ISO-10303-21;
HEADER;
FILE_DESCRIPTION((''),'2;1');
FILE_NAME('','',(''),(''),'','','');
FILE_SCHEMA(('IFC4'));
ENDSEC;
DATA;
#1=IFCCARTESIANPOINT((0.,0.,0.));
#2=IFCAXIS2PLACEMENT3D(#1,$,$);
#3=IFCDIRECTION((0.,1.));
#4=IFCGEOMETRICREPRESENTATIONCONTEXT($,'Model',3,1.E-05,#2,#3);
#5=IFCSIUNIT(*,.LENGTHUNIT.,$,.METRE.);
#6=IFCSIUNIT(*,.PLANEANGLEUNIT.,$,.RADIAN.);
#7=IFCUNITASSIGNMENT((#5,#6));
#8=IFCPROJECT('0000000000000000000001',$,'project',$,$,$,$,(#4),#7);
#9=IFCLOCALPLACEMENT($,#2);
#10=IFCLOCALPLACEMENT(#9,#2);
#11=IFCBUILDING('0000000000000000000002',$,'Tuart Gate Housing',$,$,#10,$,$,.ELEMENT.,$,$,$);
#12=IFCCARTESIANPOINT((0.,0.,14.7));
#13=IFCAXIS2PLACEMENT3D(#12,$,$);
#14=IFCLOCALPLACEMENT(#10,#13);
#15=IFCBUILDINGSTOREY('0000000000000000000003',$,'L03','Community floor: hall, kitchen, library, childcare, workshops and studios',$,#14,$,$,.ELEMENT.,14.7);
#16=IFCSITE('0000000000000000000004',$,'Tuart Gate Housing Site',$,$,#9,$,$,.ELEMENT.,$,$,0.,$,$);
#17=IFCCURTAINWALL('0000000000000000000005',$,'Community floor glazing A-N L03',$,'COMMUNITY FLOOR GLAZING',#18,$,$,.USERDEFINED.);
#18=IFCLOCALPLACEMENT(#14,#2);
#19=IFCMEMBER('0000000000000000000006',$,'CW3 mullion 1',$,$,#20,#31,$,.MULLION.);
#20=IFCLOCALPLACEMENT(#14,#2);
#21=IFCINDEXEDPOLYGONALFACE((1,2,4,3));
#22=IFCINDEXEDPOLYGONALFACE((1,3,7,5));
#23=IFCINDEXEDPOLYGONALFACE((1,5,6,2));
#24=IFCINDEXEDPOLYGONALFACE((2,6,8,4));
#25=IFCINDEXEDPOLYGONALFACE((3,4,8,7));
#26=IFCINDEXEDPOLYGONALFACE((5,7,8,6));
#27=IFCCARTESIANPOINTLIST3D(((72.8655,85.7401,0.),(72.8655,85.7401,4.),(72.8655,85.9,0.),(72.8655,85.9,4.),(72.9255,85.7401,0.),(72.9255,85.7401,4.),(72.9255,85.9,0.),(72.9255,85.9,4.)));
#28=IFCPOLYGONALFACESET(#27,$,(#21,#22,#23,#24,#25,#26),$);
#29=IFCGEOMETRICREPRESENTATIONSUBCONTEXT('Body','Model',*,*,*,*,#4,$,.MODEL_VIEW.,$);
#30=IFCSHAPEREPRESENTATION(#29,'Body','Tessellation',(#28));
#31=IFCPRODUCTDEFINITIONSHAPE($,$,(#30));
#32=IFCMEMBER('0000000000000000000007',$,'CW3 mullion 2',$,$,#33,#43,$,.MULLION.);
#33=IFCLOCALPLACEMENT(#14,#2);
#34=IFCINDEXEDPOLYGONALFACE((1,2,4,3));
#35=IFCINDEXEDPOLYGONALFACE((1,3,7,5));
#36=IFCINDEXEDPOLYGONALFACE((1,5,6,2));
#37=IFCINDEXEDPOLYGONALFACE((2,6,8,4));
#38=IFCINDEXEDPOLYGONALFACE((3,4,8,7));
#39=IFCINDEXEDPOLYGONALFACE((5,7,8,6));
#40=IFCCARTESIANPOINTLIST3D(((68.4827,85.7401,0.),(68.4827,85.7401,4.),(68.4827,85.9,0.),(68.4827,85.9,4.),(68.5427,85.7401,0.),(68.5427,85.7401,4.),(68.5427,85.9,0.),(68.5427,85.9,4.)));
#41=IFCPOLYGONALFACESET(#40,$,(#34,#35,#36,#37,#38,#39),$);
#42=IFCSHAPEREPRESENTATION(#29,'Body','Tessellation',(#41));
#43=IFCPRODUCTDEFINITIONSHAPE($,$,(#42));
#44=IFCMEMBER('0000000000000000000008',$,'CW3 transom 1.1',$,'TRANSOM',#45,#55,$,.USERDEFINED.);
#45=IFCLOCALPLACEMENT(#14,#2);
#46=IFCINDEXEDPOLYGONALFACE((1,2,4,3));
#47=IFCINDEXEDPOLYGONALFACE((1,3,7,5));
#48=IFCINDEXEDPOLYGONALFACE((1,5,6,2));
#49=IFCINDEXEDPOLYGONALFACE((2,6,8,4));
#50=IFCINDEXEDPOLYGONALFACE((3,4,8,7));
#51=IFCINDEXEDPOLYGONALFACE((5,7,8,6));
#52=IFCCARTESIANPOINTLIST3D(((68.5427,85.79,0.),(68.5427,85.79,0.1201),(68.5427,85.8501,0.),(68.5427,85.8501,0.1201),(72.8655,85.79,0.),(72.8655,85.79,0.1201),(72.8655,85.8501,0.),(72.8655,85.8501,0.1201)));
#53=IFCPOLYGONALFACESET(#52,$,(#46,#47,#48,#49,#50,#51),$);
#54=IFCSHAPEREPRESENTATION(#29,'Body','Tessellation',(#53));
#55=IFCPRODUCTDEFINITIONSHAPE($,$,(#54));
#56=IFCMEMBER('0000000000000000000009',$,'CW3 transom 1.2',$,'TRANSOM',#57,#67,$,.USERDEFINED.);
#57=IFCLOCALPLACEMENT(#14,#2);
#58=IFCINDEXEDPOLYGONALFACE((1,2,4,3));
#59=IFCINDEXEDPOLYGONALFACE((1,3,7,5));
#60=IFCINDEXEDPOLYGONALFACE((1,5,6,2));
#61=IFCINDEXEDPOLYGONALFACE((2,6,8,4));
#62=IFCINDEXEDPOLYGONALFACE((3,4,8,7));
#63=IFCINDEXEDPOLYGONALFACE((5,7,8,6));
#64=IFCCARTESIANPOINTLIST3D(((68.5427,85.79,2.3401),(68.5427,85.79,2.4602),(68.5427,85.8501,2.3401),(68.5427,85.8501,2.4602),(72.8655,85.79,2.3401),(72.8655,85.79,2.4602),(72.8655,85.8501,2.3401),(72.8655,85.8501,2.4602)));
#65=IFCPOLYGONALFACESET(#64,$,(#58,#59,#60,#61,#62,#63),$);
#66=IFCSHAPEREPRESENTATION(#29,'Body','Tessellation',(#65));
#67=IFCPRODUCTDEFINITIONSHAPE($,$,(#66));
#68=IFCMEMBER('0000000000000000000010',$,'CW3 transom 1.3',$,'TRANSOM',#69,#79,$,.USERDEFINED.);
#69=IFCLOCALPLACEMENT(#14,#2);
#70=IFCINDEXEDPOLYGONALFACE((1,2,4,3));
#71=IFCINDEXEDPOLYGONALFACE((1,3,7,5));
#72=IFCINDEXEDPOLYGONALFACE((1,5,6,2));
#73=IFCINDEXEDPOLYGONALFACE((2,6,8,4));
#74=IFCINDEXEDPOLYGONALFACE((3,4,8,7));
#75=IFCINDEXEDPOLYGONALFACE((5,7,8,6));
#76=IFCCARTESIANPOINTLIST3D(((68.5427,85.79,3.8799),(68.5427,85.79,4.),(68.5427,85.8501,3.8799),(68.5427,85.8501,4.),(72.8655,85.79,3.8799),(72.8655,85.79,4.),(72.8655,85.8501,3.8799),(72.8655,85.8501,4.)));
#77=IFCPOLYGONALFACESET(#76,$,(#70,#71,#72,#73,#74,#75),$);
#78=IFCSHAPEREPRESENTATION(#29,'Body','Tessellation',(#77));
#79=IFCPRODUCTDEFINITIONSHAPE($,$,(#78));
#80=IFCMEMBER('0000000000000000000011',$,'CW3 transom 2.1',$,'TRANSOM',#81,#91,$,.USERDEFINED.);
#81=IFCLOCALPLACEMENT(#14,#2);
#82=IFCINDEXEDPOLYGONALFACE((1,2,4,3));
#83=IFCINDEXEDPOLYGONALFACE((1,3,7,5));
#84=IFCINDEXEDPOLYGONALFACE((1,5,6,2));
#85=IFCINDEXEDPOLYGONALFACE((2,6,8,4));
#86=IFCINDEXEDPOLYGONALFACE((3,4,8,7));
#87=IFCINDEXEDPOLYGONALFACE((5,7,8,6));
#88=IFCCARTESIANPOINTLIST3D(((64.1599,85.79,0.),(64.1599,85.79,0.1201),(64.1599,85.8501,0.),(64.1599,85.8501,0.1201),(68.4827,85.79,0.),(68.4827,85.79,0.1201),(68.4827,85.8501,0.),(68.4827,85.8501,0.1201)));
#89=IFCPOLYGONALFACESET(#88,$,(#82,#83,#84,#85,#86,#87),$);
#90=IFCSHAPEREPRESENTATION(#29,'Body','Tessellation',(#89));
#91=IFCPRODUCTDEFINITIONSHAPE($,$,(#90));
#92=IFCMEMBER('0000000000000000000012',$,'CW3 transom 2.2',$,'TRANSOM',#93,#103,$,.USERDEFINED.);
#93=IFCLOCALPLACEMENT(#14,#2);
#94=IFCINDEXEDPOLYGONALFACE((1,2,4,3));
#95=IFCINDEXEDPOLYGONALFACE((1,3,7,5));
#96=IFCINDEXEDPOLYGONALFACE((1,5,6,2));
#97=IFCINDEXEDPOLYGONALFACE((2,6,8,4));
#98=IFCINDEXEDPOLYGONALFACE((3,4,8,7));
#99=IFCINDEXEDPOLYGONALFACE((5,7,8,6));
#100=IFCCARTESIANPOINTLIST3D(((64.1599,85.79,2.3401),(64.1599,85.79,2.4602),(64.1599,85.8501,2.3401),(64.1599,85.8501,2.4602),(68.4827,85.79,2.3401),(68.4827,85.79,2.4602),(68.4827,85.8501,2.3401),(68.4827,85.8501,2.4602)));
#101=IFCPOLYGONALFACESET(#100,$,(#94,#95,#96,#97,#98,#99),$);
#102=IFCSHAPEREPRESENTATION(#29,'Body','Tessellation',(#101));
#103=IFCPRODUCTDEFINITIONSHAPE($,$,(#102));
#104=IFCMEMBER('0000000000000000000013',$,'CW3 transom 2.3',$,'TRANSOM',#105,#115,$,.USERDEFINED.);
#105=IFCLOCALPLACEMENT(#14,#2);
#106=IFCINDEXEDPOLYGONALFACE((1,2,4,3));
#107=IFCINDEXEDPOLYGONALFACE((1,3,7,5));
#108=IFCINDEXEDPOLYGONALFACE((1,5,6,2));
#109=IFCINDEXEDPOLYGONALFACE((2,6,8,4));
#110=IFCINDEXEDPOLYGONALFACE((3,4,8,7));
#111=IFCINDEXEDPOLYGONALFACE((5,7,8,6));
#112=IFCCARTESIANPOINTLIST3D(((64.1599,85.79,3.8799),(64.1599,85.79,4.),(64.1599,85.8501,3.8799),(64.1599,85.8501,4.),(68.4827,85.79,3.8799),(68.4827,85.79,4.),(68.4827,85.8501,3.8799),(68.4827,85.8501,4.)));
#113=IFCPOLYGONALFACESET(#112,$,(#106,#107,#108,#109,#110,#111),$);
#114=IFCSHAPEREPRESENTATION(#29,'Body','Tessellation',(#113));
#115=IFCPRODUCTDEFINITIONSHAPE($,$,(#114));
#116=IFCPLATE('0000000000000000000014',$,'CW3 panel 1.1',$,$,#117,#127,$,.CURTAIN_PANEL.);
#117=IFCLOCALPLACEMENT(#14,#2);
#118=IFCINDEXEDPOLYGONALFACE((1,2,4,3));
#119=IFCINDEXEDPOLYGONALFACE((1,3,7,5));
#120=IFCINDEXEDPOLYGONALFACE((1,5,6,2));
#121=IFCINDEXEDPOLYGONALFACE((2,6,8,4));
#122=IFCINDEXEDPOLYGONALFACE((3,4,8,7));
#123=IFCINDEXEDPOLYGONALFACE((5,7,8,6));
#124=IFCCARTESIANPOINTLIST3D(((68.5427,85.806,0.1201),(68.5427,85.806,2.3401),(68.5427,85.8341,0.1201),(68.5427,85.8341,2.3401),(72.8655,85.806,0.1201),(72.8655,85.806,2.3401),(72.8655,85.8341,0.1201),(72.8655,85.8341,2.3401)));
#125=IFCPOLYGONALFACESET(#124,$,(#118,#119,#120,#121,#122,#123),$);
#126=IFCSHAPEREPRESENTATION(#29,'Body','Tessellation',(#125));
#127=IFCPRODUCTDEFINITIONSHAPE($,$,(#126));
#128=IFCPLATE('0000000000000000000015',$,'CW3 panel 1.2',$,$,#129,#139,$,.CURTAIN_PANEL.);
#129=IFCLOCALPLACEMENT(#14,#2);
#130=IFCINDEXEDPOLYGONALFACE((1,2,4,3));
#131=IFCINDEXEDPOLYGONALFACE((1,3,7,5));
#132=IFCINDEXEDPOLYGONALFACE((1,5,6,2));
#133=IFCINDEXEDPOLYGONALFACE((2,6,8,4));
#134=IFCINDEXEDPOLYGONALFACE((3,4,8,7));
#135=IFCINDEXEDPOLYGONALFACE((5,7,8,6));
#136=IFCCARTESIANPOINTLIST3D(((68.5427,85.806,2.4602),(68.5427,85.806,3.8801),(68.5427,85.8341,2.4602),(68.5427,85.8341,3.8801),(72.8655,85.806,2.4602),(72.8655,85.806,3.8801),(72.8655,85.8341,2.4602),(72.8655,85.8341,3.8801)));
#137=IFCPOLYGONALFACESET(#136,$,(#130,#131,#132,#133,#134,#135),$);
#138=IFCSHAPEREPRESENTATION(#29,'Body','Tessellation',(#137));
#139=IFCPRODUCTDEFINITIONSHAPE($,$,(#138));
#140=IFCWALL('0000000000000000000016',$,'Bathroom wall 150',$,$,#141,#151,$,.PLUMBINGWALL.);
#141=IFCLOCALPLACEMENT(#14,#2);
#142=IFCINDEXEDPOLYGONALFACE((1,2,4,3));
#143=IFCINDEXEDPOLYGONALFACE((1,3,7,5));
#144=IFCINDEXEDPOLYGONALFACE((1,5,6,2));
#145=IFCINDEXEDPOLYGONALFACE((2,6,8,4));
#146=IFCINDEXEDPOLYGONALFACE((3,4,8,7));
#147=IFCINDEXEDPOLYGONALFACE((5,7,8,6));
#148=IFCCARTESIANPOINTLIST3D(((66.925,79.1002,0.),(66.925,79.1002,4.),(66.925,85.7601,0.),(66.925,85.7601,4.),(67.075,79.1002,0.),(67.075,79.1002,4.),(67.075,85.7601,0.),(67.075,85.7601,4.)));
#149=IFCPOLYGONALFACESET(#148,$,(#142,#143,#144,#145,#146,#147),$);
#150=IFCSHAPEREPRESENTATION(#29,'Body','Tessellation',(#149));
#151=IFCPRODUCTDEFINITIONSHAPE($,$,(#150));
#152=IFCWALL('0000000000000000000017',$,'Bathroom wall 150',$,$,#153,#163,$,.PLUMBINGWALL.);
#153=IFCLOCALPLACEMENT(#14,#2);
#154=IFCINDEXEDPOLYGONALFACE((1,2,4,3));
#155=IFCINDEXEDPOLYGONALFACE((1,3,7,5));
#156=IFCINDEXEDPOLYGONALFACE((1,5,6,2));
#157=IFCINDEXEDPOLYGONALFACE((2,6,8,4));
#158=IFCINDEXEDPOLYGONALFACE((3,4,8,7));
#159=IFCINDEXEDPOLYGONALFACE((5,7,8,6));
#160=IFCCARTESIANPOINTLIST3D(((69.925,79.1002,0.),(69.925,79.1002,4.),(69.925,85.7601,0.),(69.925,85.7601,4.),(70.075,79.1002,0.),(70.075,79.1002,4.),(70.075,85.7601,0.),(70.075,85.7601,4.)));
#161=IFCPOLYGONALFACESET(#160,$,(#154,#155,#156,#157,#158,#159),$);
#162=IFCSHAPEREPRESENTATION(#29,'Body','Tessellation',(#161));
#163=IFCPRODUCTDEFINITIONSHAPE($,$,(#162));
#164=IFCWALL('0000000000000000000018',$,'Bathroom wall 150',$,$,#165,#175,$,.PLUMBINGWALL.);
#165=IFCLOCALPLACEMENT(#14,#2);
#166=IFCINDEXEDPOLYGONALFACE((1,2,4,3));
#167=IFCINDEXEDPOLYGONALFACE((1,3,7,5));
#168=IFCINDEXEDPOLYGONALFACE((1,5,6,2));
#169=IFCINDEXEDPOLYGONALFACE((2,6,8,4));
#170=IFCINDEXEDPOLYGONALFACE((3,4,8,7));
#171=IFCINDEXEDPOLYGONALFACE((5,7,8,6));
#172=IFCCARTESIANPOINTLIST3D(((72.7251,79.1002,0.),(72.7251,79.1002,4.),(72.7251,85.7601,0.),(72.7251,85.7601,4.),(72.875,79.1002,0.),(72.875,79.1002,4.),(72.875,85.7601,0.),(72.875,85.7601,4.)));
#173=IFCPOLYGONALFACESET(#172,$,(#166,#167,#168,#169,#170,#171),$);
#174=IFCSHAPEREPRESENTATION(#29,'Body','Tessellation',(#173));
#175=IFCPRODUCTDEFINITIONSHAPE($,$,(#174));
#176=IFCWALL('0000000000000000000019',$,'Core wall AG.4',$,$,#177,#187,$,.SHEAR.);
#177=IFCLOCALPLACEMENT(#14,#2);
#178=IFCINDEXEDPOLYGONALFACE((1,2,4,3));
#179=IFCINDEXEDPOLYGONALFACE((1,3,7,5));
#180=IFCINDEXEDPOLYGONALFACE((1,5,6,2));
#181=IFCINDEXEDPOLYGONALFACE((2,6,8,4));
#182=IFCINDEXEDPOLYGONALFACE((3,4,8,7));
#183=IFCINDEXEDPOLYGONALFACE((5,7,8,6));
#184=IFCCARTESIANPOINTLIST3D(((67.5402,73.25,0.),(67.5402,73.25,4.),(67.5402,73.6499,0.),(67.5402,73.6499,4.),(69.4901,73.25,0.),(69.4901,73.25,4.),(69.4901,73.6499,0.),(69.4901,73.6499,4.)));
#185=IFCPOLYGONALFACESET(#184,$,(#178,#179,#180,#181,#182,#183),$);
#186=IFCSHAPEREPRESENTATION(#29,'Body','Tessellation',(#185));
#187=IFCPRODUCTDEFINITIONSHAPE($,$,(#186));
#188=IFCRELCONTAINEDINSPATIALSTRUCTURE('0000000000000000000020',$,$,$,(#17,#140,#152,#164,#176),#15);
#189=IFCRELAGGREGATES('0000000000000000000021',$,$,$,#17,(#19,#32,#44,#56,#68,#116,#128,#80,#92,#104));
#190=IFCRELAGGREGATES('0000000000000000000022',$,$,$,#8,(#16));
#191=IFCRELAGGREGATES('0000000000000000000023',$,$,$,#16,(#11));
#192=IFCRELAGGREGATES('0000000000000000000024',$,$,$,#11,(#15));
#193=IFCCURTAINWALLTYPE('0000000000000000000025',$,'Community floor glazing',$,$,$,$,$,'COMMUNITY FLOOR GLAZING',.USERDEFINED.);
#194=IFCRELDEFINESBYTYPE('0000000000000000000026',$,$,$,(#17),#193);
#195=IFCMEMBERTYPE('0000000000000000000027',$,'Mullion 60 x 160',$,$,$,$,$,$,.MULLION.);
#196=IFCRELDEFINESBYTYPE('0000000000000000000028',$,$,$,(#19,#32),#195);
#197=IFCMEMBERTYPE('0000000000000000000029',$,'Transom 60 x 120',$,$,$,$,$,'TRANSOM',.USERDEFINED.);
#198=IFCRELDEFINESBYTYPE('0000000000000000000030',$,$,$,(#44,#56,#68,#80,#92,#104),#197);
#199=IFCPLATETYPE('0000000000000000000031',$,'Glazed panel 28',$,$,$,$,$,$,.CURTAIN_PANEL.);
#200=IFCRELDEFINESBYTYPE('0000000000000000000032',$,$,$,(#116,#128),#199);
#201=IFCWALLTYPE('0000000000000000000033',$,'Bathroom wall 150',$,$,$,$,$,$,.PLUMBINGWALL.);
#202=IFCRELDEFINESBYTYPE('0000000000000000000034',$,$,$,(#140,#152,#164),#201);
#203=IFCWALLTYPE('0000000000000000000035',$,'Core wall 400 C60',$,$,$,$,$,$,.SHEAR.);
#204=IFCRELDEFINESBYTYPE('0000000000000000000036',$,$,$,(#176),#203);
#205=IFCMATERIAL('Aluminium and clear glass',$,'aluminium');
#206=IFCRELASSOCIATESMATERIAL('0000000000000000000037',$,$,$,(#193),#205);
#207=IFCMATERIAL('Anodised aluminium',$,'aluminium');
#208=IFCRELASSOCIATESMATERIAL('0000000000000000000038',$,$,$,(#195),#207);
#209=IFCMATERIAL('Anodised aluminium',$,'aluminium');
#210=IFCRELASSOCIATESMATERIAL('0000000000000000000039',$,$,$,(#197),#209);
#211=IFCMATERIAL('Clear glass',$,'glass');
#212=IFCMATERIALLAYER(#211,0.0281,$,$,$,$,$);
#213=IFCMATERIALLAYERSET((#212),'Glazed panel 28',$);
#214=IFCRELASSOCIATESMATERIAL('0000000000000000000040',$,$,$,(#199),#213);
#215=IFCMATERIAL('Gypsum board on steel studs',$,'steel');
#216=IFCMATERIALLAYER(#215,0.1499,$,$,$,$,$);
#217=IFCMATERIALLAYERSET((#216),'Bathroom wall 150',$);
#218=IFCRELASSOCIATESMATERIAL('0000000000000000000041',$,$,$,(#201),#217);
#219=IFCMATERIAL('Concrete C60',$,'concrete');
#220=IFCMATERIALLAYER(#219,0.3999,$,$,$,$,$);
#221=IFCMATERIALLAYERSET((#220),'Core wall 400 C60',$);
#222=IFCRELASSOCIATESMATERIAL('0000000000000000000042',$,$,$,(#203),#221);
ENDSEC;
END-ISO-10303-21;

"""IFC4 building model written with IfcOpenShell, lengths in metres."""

from ifc_helpers import new_model, si_unit, direction, frame, frame_2d, origin, origin_2d, place, context, subcontext, project, spatial, rectangle, extrude, material, layer, layer_set, material_profile, profile_set, type_object, element, aggregate, save


model = new_model("IFC4")

# Units and contexts
model_context = context("Model", 3, precision=1e-05, world=origin(), true_north=direction((0.0, 1.0)))
body_context = subcontext(model_context, "Body", "Model", "MODEL_VIEW")
ifc_project = project(units=[si_unit("LENGTHUNIT", "METRE"), si_unit("PLANEANGLEUNIT", "RADIAN")], contexts=[model_context])

# Site, building, storey
site_placement = place(None, origin())
site = spatial("IfcSite", under=ifc_project, at=site_placement, Name="Tuart Gate Housing Site", CompositionType="ELEMENT", RefElevation=0.0)
building_placement = place(site_placement, origin())
building = spatial("IfcBuilding", under=site, at=building_placement, Name="Tuart Gate Housing", CompositionType="ELEMENT")
storey_placement = place(building_placement, frame((0.0, 0.0, 14.7)))
storey = spatial("IfcBuildingStorey", under=building, at=storey_placement, Name="L03", Description="Community floor: hall, kitchen, library, childcare, workshops and studios", CompositionType="ELEMENT", Elevation=14.7)

# Curtain wall, members, plates
ifc_material_1 = material(Name="Aluminium and clear glass", Category="aluminium")
curtain_wall_type = type_object("IfcCurtainWallType", Name="Community floor glazing", ElementType="COMMUNITY FLOOR GLAZING", PredefinedType="USERDEFINED", material=ifc_material_1)
curtain_wall_placement = place(storey_placement, origin())
curtain_wall = element("IfcCurtainWall", 1, at=curtain_wall_placement, inside=storey, type_object=curtain_wall_type, Name="Community floor glazing A-N L03", ObjectType="COMMUNITY FLOOR GLAZING", PredefinedType="USERDEFINED")
ifc_material_2 = material(Name="Anodised aluminium", Category="aluminium")
ifc_material_profile_1 = material_profile(ifc_material_2, rectangle(XDim=0.0601, YDim=0.1599, at=origin_2d()), Name="60x160")
ifc_profile_set_1 = profile_set([ifc_material_profile_1], Name="Anodised aluminium")
member_type_1 = type_object("IfcMemberType", Name="Mullion 60 x 160", PredefinedType="MULLION", material=ifc_profile_set_1)
member_1_placement = place(storey_placement, frame((72.8955, 85.8201, 0.0), z_axis=(0.0, 0.0, 1.0), x_axis=(-1.0, 0.0, 0.0)))
member_1 = element("IfcMember", 2, at=member_1_placement, type_object=member_type_1, Name="CW3 mullion 1", PredefinedType="MULLION", context=body_context, shape_type="SweptSolid", body=[
    extrude(rectangle(XDim=0.0601, YDim=0.1599, at=origin_2d()), origin(), (0.0, 0.0, 1.0), 4.0),
])
member_2_placement = place(storey_placement, frame((68.5127, 85.8201, 0.0), z_axis=(0.0, 0.0, 1.0), x_axis=(-1.0, 0.0, 0.0)))
member_2 = element("IfcMember", 3, at=member_2_placement, type_object=member_type_1, Name="CW3 mullion 2", PredefinedType="MULLION", context=body_context, shape_type="SweptSolid", body=[
    extrude(rectangle(XDim=0.0601, YDim=0.1599, at=origin_2d()), origin(), (0.0, 0.0, 1.0), 4.0),
])
ifc_material_3 = material(Name="Anodised aluminium", Category="aluminium")
ifc_material_profile_2 = material_profile(ifc_material_3, rectangle(XDim=0.0601, YDim=0.1201, at=origin_2d()), Name="60x120")
ifc_profile_set_2 = profile_set([ifc_material_profile_2], Name="Anodised aluminium")
member_type_2 = type_object("IfcMemberType", Name="Transom 60 x 120", ElementType="TRANSOM", PredefinedType="USERDEFINED", material=ifc_profile_set_2)
member_3_placement = place(storey_placement, frame((72.8655, 85.8201, 0.0601), z_axis=(-1.0, 0.0, 0.0), x_axis=(0.0, -1.0, 0.0)))
member_3 = element("IfcMember", 4, at=member_3_placement, type_object=member_type_2, Name="CW3 transom 1.1", ObjectType="TRANSOM", PredefinedType="USERDEFINED", context=body_context, shape_type="SweptSolid", body=[
    extrude(rectangle(XDim=0.0601, YDim=0.1201, at=origin_2d()), origin(), (0.0, 0.0, 1.0), 4.3228),
])
member_4_placement = place(storey_placement, frame((72.8655, 85.8201, 2.4001), z_axis=(-1.0, 0.0, 0.0), x_axis=(0.0, -1.0, 0.0)))
member_4 = element("IfcMember", 5, at=member_4_placement, type_object=member_type_2, Name="CW3 transom 1.2", ObjectType="TRANSOM", PredefinedType="USERDEFINED", context=body_context, shape_type="SweptSolid", body=[
    extrude(rectangle(XDim=0.0601, YDim=0.1201, at=origin_2d()), origin(), (0.0, 0.0, 1.0), 4.3228),
])
member_5_placement = place(storey_placement, frame((72.8655, 85.8201, 3.9399), z_axis=(-1.0, 0.0, 0.0), x_axis=(0.0, -1.0, 0.0)))
member_5 = element("IfcMember", 6, at=member_5_placement, type_object=member_type_2, Name="CW3 transom 1.3", ObjectType="TRANSOM", PredefinedType="USERDEFINED", context=body_context, shape_type="SweptSolid", body=[
    extrude(rectangle(XDim=0.0601, YDim=0.1201, at=origin_2d()), origin(), (0.0, 0.0, 1.0), 4.3228),
])
member_6_placement = place(storey_placement, frame((68.4827, 85.8201, 0.0601), z_axis=(-1.0, 0.0, 0.0), x_axis=(0.0, -1.0, 0.0)))
member_6 = element("IfcMember", 7, at=member_6_placement, type_object=member_type_2, Name="CW3 transom 2.1", ObjectType="TRANSOM", PredefinedType="USERDEFINED", context=body_context, shape_type="SweptSolid", body=[
    extrude(rectangle(XDim=0.0601, YDim=0.1201, at=origin_2d()), origin(), (0.0, 0.0, 1.0), 4.3228),
])
member_7_placement = place(storey_placement, frame((68.4827, 85.8201, 2.4001), z_axis=(-1.0, 0.0, 0.0), x_axis=(0.0, -1.0, 0.0)))
member_7 = element("IfcMember", 8, at=member_7_placement, type_object=member_type_2, Name="CW3 transom 2.2", ObjectType="TRANSOM", PredefinedType="USERDEFINED", context=body_context, shape_type="SweptSolid", body=[
    extrude(rectangle(XDim=0.0601, YDim=0.1201, at=origin_2d()), origin(), (0.0, 0.0, 1.0), 4.3228),
])
member_8_placement = place(storey_placement, frame((68.4827, 85.8201, 3.9399), z_axis=(-1.0, 0.0, 0.0), x_axis=(0.0, -1.0, 0.0)))
member_8 = element("IfcMember", 9, at=member_8_placement, type_object=member_type_2, Name="CW3 transom 2.3", ObjectType="TRANSOM", PredefinedType="USERDEFINED", context=body_context, shape_type="SweptSolid", body=[
    extrude(rectangle(XDim=0.0601, YDim=0.1201, at=origin_2d()), origin(), (0.0, 0.0, 1.0), 4.3228),
])
ifc_material_4 = material(Name="Clear glass", Category="glass")
ifc_layer_1 = layer(ifc_material_4, 0.0281)
ifc_layer_set_1 = layer_set([ifc_layer_1], Name="Glazed panel 28")
plate_type = type_object("IfcPlateType", Name="Glazed panel 28", PredefinedType="CURTAIN_PANEL", material=ifc_layer_set_1)
plate_1_placement = place(storey_placement, frame((70.7041, 85.8201, 0.1201), z_axis=(0.0, 0.0, 1.0), x_axis=(-1.0, 0.0, 0.0)))
plate_1 = element("IfcPlate", 10, at=plate_1_placement, type_object=plate_type, Name="CW3 panel 1.1", PredefinedType="CURTAIN_PANEL", context=body_context, shape_type="SweptSolid", body=[
    extrude(rectangle(XDim=4.3228, YDim=0.0281, at=origin_2d()), origin(), (0.0, 0.0, 1.0), 2.22),
])
plate_2_placement = place(storey_placement, frame((70.7041, 85.8201, 2.4602), z_axis=(0.0, 0.0, 1.0), x_axis=(-1.0, 0.0, 0.0)))
plate_2 = element("IfcPlate", 11, at=plate_2_placement, type_object=plate_type, Name="CW3 panel 1.2", PredefinedType="CURTAIN_PANEL", context=body_context, shape_type="SweptSolid", body=[
    extrude(rectangle(XDim=4.3228, YDim=0.0281, at=origin_2d()), origin(), (0.0, 0.0, 1.0), 1.4199),
])
aggregate(curtain_wall, [member_1, member_2, member_3, member_4, member_5, plate_1, plate_2, member_6, member_7, member_8])

# Walls
ifc_material_5 = material(Name="Gypsum board on steel studs", Category="steel")
ifc_layer_2 = layer(ifc_material_5, 0.1499)
ifc_layer_set_2 = layer_set([ifc_layer_2], Name="Bathroom wall 150")
wall_type_1 = type_object("IfcWallType", Name="Bathroom wall 150", PredefinedType="PLUMBINGWALL", material=ifc_layer_set_2)
for number, where, z_axis, x_axis, name in (
    (12, (67.0, 79.1001, 0.0), (0.0, 0.0, 1.0), (0.0, 1.0, 0.0), "Bathroom wall 150"),
    (13, (70.0, 79.1001, 0.0), (0.0, 0.0, 1.0), (0.0, 1.0, 0.0), "Bathroom wall 150"),
    (14, (72.8, 79.1001, 0.0), (0.0, 0.0, 1.0), (0.0, 1.0, 0.0), "Bathroom wall 150"),
):
    element("IfcWall", number, at=place(storey_placement, frame(where, z_axis=z_axis, x_axis=x_axis)), inside=storey, type_object=wall_type_1, Name=name, PredefinedType="PLUMBINGWALL", context=body_context, shape_type="SweptSolid", body=[
        extrude(rectangle(XDim=6.6599, YDim=0.1499, at=frame_2d((3.3301, 0.0))), origin(), (0.0, 0.0, 1.0), 4.0),
    ])
ifc_material_6 = material(Name="Concrete C60", Category="concrete")
ifc_layer_3 = layer(ifc_material_6, 0.3999)
ifc_layer_set_3 = layer_set([ifc_layer_3], Name="Core wall 400 C60")
wall_type_2 = type_object("IfcWallType", Name="Core wall 400 C60", PredefinedType="SHEAR", material=ifc_layer_set_3)
wall_1_placement = place(storey_placement, frame((67.54, 73.45, 0.0), z_axis=(0.0, 0.0, 1.0), x_axis=(1.0, 0.0, 0.0)))
element("IfcWall", 15, at=wall_1_placement, inside=storey, type_object=wall_type_2, Name="Core wall AG.4", PredefinedType="SHEAR", context=body_context, shape_type="SweptSolid", body=[
    extrude(rectangle(XDim=1.95, YDim=0.3999, at=frame_2d((0.9751, 0.0))), origin(), (0.0, 0.0, 1.0), 4.0),
])

save(model, "model.ifc")
